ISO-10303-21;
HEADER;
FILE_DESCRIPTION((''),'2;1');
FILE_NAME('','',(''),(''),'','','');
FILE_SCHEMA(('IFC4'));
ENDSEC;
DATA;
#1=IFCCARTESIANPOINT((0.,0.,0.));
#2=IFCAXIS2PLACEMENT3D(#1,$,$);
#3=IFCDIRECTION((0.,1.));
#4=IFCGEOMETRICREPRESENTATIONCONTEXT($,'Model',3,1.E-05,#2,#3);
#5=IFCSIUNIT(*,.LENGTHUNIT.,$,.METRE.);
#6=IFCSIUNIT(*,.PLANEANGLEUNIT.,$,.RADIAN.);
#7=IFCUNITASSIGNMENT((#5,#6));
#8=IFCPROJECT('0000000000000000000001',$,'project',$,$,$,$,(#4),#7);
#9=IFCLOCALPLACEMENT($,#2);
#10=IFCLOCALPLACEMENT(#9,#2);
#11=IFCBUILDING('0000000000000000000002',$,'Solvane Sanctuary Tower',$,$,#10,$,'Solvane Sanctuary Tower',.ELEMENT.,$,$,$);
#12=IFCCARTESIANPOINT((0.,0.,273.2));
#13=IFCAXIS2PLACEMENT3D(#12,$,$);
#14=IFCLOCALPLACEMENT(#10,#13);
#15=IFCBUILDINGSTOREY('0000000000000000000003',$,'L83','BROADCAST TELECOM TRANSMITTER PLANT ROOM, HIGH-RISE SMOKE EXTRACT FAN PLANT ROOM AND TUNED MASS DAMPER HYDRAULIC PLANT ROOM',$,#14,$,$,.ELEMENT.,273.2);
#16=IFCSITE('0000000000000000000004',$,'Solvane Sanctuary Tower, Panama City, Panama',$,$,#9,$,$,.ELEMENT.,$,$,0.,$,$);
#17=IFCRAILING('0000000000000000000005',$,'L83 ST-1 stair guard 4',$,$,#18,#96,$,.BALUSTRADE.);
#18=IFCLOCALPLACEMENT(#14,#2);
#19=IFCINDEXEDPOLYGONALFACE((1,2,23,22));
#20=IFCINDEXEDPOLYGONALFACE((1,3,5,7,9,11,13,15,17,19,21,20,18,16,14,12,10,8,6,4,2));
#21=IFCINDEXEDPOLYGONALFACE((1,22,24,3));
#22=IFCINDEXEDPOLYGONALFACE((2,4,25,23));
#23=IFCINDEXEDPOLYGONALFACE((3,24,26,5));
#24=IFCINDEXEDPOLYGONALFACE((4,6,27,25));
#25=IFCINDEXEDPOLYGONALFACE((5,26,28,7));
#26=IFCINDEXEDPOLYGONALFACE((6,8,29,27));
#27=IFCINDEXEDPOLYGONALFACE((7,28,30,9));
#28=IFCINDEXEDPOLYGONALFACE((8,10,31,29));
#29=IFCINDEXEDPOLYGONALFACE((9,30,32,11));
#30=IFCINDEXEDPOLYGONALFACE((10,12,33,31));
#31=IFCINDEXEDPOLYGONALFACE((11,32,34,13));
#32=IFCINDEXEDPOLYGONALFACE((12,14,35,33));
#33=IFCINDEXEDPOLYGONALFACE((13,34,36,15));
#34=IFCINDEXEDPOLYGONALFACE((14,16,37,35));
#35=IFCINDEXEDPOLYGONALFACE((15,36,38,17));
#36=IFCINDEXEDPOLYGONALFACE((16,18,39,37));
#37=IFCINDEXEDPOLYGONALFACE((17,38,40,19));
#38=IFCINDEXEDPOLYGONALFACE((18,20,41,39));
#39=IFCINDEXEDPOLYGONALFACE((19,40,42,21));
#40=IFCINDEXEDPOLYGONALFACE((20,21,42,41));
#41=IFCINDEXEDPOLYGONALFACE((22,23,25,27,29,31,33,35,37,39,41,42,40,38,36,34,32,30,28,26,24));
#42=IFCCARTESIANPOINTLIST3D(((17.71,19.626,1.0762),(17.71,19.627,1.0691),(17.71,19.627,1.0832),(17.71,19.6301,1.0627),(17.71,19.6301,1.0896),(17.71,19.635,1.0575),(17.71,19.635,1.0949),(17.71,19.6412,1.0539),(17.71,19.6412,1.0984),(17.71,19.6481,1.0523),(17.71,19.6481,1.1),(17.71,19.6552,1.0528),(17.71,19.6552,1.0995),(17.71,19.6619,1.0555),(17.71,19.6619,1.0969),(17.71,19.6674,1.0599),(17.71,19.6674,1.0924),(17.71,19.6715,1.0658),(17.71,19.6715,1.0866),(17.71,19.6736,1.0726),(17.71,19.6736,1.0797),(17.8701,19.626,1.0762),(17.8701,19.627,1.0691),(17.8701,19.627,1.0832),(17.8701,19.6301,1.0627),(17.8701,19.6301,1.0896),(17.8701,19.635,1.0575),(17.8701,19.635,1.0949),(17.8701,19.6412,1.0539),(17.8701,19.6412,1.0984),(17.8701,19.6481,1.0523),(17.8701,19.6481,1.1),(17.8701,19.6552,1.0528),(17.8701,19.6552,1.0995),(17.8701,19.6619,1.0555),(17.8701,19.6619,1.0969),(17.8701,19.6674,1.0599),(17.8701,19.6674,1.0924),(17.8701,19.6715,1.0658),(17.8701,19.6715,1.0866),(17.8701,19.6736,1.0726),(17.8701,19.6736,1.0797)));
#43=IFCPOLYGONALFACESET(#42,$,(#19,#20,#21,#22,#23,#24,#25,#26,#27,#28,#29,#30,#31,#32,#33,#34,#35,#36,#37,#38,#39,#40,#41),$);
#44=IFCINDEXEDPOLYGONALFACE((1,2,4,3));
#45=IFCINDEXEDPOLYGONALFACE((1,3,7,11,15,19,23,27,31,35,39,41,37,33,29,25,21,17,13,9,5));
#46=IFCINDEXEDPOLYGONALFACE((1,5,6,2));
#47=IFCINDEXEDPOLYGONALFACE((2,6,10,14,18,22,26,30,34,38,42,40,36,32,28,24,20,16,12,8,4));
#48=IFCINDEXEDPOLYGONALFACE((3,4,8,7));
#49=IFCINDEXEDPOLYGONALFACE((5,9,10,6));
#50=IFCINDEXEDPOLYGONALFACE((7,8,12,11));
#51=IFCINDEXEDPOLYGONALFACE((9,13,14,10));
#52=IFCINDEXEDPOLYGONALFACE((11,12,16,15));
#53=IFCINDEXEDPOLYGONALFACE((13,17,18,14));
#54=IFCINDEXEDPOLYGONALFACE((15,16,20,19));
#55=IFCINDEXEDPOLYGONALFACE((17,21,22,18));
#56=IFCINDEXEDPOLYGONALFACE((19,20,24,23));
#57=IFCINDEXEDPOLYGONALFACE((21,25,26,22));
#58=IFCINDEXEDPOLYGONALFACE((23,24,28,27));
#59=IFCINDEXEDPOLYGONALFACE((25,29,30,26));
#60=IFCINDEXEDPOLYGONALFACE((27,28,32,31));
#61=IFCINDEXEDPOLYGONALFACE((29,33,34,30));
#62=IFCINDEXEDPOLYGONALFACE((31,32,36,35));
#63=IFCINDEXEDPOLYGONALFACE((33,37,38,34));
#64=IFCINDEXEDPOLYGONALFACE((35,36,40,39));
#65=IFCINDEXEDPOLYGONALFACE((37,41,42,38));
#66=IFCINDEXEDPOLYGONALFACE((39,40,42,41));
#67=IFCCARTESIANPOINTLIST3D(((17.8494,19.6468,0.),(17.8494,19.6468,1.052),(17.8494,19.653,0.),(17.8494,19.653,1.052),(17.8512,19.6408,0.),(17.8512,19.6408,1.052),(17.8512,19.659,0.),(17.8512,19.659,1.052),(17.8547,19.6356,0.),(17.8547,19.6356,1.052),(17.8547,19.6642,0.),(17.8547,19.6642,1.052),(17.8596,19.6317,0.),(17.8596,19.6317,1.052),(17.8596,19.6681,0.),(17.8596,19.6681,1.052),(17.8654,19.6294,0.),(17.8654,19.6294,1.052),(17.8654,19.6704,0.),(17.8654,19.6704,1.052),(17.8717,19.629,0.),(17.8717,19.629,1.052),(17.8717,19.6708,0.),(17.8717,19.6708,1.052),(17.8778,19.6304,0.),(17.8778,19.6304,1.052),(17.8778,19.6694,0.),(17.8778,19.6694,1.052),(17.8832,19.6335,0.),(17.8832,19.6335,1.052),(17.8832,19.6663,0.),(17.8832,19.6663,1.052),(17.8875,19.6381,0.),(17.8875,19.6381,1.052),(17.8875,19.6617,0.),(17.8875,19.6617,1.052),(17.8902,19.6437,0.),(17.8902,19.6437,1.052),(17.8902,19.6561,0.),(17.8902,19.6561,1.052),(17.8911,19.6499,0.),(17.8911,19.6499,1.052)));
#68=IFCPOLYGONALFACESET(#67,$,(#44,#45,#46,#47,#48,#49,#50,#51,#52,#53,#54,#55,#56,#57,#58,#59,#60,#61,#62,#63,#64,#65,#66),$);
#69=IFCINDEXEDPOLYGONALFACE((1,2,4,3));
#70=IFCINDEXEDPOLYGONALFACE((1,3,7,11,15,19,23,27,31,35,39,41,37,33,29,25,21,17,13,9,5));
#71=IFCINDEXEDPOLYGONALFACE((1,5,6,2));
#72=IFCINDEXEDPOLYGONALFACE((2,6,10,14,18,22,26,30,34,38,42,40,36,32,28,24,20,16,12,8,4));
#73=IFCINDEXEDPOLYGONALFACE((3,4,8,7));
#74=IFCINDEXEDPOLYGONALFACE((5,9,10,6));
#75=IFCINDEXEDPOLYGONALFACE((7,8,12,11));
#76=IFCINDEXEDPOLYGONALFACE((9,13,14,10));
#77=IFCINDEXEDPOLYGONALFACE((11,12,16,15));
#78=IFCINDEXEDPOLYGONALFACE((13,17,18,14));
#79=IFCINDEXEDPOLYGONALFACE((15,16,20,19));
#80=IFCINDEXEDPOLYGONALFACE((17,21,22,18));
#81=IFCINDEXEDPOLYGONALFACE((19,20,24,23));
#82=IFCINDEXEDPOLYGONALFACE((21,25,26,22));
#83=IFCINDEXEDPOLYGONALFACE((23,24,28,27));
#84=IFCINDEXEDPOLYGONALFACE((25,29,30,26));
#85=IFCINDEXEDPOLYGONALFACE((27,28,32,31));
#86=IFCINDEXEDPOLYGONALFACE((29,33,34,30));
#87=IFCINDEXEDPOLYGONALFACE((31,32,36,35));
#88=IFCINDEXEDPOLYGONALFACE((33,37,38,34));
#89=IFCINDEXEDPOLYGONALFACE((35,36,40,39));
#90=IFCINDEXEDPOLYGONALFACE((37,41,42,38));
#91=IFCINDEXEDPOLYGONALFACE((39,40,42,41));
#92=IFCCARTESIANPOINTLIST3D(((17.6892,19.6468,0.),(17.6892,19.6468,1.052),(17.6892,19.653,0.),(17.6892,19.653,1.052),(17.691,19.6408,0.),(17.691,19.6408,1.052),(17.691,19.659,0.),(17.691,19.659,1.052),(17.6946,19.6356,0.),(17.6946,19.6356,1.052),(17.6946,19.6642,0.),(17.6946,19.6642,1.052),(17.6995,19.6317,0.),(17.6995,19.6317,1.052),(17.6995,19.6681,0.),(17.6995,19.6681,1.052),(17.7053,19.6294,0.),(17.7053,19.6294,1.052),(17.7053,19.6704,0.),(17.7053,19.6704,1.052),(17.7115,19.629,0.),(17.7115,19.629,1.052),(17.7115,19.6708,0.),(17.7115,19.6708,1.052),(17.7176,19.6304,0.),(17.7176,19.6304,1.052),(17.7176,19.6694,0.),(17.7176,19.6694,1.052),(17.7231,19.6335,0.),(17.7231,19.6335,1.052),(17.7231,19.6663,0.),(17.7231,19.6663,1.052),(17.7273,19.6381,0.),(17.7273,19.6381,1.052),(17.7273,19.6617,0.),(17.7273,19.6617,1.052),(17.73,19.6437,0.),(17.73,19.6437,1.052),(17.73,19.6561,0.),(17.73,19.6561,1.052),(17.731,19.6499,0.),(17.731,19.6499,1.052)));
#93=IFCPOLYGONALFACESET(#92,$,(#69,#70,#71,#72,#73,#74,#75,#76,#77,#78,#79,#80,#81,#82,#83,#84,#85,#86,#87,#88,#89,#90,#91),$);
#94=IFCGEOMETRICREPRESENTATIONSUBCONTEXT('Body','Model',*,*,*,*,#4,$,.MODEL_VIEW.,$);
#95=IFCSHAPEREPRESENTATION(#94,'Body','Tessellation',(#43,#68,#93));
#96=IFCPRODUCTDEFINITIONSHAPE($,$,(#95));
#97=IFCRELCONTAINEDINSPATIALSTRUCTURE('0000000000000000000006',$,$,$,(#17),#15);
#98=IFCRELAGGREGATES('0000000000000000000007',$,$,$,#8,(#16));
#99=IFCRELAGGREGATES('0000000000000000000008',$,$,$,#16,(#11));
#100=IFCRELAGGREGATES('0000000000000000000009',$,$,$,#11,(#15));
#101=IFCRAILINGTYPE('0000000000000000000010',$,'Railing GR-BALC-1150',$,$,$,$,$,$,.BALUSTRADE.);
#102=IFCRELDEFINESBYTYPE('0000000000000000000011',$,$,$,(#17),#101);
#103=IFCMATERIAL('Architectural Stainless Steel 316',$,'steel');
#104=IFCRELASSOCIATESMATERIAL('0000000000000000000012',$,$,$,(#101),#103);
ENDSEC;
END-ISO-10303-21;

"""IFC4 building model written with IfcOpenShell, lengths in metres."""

from ifc_helpers import new_model, si_unit, direction, frame, origin, origin_2d, place, context, subcontext, project, spatial, circle, extrude, material, type_object, element, save


model = new_model("IFC4")

# Units and contexts
model_context = context("Model", 3, precision=1e-05, world=origin(), true_north=direction((0.0, 1.0)))
body_context = subcontext(model_context, "Body", "Model", "MODEL_VIEW")
ifc_project = project(units=[si_unit("LENGTHUNIT", "METRE"), si_unit("PLANEANGLEUNIT", "RADIAN")], contexts=[model_context])

# Site, building, storey
site_placement = place(None, origin())
site = spatial("IfcSite", under=ifc_project, at=site_placement, Name="Solvane Sanctuary Tower, Panama City, Panama", CompositionType="ELEMENT", RefElevation=0.0)
building_placement = place(site_placement, origin())
building = spatial("IfcBuilding", under=site, at=building_placement, Name="Solvane Sanctuary Tower", LongName="Solvane Sanctuary Tower", CompositionType="ELEMENT")
storey_placement = place(building_placement, frame((0.0, 0.0, 273.2)))
storey = spatial("IfcBuildingStorey", under=building, at=storey_placement, Name="L83", Description="BROADCAST TELECOM TRANSMITTER PLANT ROOM, HIGH-RISE SMOKE EXTRACT FAN PLANT ROOM AND TUNED MASS DAMPER HYDRAULIC PLANT ROOM", CompositionType="ELEMENT", Elevation=273.2)

# Shared definitions
ifc_material_1 = material(Name="Architectural Stainless Steel 316", Category="steel")

# Railing
railing_type_1 = type_object("IfcRailingType", Name="Railing GR-BALC-1150", PredefinedType="BALUSTRADE", material=ifc_material_1)
railing_1_placement = place(storey_placement, frame((17.8701, 19.6499, 0.0)))
element("IfcRailing", 1, at=railing_1_placement, inside=storey, type_object=railing_type_1, Name="L83 ST-1 stair guard 4", PredefinedType="BALUSTRADE", context=body_context, shape_type="SweptSolid", body=[
    extrude(circle(Radius=0.0239, at=origin_2d()), frame((0.0, 0.0, 1.0762), z_axis=(-1.0, 0.0, 0.0), x_axis=(0.0, -1.0, 0.0)), (0.0, 0.0, 1.0), 0.1602),
    extrude(circle(Radius=0.021, at=origin_2d()), origin(), (0.0, 0.0, 1.0), 1.052),
    extrude(circle(Radius=0.021, at=origin_2d()), frame((-0.1602, 0.0, 0.0)), (0.0, 0.0, 1.0), 1.052),
])

save(model, "model.ifc")
